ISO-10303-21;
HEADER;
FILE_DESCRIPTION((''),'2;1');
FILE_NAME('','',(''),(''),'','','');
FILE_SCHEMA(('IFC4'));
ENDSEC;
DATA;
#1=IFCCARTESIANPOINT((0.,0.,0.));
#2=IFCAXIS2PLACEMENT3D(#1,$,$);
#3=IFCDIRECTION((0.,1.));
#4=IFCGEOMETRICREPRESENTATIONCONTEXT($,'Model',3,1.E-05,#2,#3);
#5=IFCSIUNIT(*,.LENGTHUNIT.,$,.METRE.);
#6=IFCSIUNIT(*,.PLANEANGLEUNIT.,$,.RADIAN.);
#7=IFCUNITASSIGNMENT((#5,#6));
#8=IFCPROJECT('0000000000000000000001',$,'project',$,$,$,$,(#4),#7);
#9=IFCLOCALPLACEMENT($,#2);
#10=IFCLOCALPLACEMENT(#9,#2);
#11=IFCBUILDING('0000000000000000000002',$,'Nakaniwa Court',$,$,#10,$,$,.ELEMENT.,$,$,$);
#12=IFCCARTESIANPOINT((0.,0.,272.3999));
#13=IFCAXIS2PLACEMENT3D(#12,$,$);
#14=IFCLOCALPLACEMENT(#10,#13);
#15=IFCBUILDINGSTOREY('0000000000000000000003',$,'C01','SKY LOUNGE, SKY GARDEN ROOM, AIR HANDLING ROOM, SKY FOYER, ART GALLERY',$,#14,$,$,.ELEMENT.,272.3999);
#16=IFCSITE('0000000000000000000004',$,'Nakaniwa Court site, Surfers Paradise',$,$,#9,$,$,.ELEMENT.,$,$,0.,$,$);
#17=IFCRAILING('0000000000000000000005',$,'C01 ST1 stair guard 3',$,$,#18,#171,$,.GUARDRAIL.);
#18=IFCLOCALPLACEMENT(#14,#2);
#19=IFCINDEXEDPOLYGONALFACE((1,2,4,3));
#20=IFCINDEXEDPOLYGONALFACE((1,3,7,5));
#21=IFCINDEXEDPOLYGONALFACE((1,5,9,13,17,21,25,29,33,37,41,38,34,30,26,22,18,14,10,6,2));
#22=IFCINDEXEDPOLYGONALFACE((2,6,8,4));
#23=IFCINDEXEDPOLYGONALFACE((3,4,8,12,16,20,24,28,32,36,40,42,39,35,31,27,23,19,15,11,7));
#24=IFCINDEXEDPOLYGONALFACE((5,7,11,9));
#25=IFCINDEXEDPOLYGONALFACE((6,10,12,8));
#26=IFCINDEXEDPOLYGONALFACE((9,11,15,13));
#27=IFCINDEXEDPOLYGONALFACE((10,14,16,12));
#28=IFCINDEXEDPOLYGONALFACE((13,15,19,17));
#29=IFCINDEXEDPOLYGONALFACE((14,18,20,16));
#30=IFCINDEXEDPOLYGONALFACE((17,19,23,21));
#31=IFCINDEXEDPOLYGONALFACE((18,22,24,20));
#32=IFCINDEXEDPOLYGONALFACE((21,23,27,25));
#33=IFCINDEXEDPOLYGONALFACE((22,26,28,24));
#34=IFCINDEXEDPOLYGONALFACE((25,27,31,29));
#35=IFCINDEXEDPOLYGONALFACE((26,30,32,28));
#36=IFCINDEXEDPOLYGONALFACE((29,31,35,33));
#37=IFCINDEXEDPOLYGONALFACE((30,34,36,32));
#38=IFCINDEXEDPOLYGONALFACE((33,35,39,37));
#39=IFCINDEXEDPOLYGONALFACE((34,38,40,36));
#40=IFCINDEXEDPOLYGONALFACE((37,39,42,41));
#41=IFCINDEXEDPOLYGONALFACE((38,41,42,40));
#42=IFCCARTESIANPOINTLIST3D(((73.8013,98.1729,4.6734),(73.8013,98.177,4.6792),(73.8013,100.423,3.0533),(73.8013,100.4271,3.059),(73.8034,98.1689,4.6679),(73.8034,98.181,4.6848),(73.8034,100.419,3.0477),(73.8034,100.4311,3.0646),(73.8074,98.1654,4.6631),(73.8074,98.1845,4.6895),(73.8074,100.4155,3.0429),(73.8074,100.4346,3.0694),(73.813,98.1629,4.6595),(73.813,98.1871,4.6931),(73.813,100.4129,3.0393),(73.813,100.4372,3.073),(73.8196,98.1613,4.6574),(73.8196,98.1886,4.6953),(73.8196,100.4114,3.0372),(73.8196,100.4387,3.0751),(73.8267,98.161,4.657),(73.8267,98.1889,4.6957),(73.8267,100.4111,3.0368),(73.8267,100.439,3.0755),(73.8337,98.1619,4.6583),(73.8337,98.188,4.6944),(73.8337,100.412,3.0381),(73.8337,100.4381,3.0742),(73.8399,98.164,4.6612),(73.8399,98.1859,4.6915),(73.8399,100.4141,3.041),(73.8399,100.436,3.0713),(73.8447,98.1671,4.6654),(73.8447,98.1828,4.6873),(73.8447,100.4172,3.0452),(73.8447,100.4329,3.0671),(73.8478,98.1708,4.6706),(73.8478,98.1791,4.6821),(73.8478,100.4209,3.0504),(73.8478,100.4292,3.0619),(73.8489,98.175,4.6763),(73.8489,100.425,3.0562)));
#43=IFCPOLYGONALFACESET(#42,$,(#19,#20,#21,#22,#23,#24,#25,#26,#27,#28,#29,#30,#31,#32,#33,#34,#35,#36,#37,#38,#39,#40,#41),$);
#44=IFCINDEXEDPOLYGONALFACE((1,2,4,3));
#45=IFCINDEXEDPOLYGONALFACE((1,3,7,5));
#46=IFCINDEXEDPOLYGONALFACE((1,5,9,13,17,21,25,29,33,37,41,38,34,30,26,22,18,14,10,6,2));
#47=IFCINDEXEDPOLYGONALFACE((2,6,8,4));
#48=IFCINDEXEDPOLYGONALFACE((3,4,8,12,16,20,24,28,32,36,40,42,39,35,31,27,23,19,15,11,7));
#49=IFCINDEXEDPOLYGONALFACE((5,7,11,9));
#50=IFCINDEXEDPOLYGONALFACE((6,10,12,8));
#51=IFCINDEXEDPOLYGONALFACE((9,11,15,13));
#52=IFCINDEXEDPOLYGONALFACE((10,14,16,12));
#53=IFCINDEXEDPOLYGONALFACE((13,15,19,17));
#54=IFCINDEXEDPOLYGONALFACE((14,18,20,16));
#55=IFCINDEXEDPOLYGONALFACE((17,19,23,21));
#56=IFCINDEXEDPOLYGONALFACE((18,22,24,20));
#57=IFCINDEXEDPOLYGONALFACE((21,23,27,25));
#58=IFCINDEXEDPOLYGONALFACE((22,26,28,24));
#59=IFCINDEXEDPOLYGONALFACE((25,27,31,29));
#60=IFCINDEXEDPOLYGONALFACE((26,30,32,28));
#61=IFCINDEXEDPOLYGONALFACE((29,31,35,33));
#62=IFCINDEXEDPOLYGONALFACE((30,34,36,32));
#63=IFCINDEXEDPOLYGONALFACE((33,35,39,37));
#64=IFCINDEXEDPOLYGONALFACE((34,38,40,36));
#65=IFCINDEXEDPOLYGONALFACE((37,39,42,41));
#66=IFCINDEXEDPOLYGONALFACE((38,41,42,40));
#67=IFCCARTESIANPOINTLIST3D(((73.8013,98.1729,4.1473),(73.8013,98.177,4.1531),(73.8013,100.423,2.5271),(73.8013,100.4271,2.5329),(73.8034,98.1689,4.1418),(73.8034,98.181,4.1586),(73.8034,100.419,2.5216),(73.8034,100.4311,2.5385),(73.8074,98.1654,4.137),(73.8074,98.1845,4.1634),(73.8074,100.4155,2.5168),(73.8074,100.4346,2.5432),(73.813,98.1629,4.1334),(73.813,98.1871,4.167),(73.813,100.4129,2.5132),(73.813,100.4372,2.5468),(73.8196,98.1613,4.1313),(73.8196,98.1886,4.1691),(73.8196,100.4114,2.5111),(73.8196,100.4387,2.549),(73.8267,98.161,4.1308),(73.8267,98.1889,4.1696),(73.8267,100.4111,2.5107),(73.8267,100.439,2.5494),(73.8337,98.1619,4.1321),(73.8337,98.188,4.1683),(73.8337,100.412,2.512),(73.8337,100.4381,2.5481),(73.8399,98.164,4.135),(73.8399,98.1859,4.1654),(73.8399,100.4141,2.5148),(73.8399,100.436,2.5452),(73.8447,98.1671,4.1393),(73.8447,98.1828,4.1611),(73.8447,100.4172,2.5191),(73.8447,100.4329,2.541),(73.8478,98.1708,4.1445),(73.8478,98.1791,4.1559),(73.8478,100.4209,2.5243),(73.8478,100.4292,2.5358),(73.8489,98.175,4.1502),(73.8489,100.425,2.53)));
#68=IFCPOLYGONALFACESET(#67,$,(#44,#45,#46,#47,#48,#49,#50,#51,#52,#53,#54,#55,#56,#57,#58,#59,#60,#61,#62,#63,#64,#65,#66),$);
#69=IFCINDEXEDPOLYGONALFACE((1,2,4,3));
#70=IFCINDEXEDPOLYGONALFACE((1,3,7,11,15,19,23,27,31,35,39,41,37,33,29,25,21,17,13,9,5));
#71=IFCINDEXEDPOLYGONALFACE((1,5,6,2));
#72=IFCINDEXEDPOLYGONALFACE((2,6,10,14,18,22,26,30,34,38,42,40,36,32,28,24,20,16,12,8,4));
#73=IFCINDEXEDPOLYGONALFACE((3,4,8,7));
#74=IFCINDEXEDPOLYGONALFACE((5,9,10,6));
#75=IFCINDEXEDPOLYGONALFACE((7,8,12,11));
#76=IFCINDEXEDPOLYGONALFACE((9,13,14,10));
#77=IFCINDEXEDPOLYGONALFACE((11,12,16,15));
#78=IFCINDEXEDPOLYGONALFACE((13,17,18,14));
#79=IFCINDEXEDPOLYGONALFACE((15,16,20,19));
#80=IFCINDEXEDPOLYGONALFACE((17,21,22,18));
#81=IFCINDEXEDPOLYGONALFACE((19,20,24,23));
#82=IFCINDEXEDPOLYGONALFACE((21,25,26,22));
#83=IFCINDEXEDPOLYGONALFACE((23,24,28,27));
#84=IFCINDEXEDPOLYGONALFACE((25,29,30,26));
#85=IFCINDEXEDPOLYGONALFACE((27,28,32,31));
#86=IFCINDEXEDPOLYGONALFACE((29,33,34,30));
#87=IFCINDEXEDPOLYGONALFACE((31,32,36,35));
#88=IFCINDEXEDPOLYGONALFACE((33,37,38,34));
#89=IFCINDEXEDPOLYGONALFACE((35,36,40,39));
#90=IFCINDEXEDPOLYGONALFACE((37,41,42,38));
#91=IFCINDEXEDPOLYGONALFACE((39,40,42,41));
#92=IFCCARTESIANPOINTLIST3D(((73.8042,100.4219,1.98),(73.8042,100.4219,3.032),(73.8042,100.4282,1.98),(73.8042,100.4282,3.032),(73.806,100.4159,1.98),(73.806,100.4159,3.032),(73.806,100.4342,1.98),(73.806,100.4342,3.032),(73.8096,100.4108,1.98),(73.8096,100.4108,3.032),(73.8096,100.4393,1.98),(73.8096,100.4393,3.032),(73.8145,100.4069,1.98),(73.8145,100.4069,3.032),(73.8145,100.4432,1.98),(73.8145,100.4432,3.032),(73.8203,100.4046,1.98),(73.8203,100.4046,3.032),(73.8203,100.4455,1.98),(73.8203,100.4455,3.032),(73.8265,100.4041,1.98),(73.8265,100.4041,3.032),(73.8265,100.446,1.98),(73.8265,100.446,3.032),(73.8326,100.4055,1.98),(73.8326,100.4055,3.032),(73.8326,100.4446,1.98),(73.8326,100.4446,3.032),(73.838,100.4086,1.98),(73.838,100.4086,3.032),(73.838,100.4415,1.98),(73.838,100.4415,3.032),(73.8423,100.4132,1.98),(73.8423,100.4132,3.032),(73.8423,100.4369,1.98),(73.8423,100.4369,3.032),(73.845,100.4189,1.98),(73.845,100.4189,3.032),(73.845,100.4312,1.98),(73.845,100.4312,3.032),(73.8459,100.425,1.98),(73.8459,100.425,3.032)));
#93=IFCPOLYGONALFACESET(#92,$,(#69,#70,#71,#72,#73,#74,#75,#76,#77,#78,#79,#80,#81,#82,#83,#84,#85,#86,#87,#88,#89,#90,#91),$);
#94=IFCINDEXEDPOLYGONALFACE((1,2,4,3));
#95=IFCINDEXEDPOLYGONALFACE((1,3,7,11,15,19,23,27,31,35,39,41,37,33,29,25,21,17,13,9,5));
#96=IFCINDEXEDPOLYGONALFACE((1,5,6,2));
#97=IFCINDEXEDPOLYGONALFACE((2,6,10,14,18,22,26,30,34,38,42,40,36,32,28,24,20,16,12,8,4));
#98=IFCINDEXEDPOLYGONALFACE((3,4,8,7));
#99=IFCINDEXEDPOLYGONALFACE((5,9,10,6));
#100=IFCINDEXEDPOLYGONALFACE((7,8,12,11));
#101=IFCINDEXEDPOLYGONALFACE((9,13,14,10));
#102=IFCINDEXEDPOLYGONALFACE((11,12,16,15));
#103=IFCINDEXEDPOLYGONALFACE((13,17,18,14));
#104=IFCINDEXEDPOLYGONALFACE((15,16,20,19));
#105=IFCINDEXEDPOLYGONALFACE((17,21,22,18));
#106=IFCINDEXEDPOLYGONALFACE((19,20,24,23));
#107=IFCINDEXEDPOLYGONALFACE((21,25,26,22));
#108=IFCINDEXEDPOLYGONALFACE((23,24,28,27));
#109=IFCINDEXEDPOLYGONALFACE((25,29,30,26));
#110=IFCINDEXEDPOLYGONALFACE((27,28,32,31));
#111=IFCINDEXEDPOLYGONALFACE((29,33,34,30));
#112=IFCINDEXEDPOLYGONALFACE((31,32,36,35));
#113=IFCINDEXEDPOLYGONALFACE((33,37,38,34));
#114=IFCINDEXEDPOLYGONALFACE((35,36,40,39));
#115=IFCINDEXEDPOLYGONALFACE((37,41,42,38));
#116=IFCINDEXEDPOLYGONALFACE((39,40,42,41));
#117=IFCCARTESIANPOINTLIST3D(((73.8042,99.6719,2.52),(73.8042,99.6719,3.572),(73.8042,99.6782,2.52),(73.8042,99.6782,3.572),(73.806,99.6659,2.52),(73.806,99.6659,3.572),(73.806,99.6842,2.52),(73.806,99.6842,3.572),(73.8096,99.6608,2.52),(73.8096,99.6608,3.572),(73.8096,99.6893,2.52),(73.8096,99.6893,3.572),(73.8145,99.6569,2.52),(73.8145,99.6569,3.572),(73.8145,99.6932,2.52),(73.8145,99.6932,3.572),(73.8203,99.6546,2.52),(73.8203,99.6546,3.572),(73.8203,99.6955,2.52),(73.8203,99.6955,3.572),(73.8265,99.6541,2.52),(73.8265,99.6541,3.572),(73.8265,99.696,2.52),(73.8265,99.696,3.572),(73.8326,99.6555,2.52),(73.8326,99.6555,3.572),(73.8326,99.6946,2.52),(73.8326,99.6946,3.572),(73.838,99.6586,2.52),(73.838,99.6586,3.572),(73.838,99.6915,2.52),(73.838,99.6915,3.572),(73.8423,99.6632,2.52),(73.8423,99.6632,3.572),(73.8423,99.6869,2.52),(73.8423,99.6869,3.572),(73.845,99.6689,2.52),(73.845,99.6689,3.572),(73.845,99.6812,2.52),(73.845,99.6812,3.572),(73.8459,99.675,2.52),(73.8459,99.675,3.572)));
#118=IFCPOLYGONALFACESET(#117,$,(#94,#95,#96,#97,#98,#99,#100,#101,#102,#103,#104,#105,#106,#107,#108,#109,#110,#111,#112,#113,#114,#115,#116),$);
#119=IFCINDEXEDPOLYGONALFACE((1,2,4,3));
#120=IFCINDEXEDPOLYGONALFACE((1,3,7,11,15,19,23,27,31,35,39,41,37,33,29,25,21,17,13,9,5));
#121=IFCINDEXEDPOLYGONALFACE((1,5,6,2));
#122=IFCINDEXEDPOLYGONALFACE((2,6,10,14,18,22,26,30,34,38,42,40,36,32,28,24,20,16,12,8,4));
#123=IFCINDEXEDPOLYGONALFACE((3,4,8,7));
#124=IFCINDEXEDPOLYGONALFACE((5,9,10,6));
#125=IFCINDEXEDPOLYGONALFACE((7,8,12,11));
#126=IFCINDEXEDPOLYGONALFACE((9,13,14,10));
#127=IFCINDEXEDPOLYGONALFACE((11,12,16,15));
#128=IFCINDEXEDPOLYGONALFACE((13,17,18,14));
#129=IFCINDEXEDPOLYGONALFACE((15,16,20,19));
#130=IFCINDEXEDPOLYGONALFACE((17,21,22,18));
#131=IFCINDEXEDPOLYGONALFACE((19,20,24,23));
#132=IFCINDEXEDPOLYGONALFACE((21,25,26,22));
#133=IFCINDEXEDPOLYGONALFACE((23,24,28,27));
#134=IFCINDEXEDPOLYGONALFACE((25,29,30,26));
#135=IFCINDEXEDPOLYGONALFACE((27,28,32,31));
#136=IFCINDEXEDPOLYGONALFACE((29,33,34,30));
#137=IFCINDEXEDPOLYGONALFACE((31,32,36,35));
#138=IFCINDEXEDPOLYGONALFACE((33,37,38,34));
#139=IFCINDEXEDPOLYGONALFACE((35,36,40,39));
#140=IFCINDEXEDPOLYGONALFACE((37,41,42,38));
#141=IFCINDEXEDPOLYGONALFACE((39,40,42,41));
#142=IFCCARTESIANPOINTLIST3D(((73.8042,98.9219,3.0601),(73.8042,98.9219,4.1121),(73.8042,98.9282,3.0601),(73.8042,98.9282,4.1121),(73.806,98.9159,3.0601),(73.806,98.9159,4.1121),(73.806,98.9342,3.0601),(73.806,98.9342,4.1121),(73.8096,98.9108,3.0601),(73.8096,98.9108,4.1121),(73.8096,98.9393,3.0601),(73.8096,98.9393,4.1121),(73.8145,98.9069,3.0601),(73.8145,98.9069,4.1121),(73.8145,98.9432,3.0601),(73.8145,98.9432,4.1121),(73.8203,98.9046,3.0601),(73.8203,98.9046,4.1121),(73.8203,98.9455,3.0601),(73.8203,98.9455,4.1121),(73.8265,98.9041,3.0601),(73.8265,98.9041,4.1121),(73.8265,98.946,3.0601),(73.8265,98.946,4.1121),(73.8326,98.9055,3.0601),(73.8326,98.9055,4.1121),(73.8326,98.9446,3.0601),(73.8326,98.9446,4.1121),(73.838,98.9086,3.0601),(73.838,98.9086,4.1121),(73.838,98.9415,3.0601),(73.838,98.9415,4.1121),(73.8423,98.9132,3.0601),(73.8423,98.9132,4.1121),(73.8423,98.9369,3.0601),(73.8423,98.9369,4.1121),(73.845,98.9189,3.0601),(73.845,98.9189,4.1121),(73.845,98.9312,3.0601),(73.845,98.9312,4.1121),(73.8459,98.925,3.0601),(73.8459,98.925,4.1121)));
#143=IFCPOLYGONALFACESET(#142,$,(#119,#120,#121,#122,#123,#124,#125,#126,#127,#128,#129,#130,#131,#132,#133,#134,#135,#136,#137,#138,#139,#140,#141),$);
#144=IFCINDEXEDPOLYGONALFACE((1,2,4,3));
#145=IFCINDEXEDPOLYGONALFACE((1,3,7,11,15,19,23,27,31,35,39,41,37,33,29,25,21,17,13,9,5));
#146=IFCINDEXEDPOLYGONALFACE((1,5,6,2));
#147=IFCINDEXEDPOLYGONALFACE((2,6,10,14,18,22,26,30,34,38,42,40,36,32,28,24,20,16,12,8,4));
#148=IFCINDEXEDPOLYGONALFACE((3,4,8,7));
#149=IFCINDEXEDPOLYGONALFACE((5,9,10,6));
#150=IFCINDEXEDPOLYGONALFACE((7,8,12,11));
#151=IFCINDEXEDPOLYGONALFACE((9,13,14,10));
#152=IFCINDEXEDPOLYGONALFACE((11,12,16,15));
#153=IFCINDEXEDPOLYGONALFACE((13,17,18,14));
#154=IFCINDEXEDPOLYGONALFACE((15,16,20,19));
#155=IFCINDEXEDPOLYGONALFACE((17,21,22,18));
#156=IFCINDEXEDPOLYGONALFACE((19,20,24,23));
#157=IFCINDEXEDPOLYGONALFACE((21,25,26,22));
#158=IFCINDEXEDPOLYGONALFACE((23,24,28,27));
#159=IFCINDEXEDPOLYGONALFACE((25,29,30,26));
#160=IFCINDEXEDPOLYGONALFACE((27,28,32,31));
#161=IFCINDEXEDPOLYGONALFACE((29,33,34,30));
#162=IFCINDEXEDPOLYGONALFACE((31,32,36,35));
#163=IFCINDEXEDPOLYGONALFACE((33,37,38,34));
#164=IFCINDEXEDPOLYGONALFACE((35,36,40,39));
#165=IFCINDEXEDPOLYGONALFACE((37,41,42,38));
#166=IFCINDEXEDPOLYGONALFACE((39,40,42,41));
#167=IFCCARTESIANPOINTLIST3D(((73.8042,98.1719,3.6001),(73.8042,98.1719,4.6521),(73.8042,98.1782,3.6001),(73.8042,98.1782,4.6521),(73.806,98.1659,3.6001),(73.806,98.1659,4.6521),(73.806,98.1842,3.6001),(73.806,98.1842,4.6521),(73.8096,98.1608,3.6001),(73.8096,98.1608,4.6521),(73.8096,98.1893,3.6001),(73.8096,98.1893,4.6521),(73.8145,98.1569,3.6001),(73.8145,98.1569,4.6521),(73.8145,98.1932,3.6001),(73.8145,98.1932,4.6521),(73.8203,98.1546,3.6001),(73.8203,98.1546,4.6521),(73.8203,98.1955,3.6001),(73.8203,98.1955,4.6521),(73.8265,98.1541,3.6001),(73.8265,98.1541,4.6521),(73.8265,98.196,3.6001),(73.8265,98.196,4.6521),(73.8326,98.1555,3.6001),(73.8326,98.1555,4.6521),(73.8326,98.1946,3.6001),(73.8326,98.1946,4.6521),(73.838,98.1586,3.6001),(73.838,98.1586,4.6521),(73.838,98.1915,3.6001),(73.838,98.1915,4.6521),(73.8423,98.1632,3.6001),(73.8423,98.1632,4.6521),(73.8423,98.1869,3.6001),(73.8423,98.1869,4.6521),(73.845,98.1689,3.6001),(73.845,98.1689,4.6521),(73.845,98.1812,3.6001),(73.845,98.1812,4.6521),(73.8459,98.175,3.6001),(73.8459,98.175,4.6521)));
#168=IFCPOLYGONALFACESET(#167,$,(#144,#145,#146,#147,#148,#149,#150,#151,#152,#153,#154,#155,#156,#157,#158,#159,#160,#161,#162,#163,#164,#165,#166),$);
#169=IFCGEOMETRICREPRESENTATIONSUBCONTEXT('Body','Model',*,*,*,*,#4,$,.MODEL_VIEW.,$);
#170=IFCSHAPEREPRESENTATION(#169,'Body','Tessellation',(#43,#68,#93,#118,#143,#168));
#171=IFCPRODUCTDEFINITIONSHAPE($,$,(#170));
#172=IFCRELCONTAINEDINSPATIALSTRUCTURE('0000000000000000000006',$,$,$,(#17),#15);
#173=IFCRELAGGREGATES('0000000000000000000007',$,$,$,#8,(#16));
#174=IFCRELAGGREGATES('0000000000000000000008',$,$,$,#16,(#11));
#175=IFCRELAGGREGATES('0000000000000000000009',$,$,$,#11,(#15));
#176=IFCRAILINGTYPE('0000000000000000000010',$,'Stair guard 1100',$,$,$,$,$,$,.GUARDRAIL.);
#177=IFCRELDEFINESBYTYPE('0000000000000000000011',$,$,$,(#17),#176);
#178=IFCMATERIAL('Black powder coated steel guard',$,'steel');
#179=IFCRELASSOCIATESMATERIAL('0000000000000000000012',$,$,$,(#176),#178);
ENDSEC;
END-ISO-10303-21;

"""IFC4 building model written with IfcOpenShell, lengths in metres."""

from ifc_helpers import new_model, si_unit, direction, frame, origin, origin_2d, place, context, subcontext, project, spatial, circle, extrude, material, type_object, element, save


model = new_model("IFC4")

# Units and contexts
model_context = context("Model", 3, precision=1e-05, world=origin(), true_north=direction((0.0, 1.0)))
body_context = subcontext(model_context, "Body", "Model", "MODEL_VIEW")
ifc_project = project(units=[si_unit("LENGTHUNIT", "METRE"), si_unit("PLANEANGLEUNIT", "RADIAN")], contexts=[model_context])

# Site, building, storey
site_placement = place(None, origin())
site = spatial("IfcSite", under=ifc_project, at=site_placement, Name="Nakaniwa Court site, Surfers Paradise", CompositionType="ELEMENT", RefElevation=0.0)
building_placement = place(site_placement, origin())
building = spatial("IfcBuilding", under=site, at=building_placement, Name="Nakaniwa Court", CompositionType="ELEMENT")
storey_placement = place(building_placement, frame((0.0, 0.0, 272.3999)))
storey = spatial("IfcBuildingStorey", under=building, at=storey_placement, Name="C01", Description="SKY LOUNGE, SKY GARDEN ROOM, AIR HANDLING ROOM, SKY FOYER, ART GALLERY", CompositionType="ELEMENT", Elevation=272.3999)

# Railing
ifc_material_1 = material(Name="Black powder coated steel guard", Category="steel")
railing_type_1 = type_object("IfcRailingType", Name="Stair guard 1100", PredefinedType="GUARDRAIL", material=ifc_material_1)
railing_1_placement = place(storey_placement, frame((73.825, 100.425, 1.98)))
element("IfcRailing", 1, at=railing_1_placement, inside=storey, type_object=railing_type_1, Name="C01 ST1 stair guard 3", PredefinedType="GUARDRAIL", context=body_context, shape_type="SweptSolid", body=[
    extrude(circle(Radius=0.0239, at=origin_2d()), frame((0.0, 0.0, 1.0762), z_axis=(0.0, -0.811514, 0.584333), x_axis=(1.0, 0.0, 0.0)), (0.0, 0.0, 1.0), 2.7727),
    extrude(circle(Radius=0.0239, at=origin_2d()), frame((0.0, 0.0, 0.55), z_axis=(0.0, -0.811514, 0.584333), x_axis=(1.0, 0.0, 0.0)), (0.0, 0.0, 1.0), 2.7727),
    extrude(circle(Radius=0.021, at=origin_2d()), origin(), (0.0, 0.0, 1.0), 1.052),
    extrude(circle(Radius=0.021, at=origin_2d()), frame((0.0, -0.75, 0.54)), (0.0, 0.0, 1.0), 1.052),
    extrude(circle(Radius=0.021, at=origin_2d()), frame((0.0, -1.5, 1.0801)), (0.0, 0.0, 1.0), 1.052),
    extrude(circle(Radius=0.021, at=origin_2d()), frame((0.0, -2.25, 1.6201)), (0.0, 0.0, 1.0), 1.052),
])

save(model, "model.ifc")
